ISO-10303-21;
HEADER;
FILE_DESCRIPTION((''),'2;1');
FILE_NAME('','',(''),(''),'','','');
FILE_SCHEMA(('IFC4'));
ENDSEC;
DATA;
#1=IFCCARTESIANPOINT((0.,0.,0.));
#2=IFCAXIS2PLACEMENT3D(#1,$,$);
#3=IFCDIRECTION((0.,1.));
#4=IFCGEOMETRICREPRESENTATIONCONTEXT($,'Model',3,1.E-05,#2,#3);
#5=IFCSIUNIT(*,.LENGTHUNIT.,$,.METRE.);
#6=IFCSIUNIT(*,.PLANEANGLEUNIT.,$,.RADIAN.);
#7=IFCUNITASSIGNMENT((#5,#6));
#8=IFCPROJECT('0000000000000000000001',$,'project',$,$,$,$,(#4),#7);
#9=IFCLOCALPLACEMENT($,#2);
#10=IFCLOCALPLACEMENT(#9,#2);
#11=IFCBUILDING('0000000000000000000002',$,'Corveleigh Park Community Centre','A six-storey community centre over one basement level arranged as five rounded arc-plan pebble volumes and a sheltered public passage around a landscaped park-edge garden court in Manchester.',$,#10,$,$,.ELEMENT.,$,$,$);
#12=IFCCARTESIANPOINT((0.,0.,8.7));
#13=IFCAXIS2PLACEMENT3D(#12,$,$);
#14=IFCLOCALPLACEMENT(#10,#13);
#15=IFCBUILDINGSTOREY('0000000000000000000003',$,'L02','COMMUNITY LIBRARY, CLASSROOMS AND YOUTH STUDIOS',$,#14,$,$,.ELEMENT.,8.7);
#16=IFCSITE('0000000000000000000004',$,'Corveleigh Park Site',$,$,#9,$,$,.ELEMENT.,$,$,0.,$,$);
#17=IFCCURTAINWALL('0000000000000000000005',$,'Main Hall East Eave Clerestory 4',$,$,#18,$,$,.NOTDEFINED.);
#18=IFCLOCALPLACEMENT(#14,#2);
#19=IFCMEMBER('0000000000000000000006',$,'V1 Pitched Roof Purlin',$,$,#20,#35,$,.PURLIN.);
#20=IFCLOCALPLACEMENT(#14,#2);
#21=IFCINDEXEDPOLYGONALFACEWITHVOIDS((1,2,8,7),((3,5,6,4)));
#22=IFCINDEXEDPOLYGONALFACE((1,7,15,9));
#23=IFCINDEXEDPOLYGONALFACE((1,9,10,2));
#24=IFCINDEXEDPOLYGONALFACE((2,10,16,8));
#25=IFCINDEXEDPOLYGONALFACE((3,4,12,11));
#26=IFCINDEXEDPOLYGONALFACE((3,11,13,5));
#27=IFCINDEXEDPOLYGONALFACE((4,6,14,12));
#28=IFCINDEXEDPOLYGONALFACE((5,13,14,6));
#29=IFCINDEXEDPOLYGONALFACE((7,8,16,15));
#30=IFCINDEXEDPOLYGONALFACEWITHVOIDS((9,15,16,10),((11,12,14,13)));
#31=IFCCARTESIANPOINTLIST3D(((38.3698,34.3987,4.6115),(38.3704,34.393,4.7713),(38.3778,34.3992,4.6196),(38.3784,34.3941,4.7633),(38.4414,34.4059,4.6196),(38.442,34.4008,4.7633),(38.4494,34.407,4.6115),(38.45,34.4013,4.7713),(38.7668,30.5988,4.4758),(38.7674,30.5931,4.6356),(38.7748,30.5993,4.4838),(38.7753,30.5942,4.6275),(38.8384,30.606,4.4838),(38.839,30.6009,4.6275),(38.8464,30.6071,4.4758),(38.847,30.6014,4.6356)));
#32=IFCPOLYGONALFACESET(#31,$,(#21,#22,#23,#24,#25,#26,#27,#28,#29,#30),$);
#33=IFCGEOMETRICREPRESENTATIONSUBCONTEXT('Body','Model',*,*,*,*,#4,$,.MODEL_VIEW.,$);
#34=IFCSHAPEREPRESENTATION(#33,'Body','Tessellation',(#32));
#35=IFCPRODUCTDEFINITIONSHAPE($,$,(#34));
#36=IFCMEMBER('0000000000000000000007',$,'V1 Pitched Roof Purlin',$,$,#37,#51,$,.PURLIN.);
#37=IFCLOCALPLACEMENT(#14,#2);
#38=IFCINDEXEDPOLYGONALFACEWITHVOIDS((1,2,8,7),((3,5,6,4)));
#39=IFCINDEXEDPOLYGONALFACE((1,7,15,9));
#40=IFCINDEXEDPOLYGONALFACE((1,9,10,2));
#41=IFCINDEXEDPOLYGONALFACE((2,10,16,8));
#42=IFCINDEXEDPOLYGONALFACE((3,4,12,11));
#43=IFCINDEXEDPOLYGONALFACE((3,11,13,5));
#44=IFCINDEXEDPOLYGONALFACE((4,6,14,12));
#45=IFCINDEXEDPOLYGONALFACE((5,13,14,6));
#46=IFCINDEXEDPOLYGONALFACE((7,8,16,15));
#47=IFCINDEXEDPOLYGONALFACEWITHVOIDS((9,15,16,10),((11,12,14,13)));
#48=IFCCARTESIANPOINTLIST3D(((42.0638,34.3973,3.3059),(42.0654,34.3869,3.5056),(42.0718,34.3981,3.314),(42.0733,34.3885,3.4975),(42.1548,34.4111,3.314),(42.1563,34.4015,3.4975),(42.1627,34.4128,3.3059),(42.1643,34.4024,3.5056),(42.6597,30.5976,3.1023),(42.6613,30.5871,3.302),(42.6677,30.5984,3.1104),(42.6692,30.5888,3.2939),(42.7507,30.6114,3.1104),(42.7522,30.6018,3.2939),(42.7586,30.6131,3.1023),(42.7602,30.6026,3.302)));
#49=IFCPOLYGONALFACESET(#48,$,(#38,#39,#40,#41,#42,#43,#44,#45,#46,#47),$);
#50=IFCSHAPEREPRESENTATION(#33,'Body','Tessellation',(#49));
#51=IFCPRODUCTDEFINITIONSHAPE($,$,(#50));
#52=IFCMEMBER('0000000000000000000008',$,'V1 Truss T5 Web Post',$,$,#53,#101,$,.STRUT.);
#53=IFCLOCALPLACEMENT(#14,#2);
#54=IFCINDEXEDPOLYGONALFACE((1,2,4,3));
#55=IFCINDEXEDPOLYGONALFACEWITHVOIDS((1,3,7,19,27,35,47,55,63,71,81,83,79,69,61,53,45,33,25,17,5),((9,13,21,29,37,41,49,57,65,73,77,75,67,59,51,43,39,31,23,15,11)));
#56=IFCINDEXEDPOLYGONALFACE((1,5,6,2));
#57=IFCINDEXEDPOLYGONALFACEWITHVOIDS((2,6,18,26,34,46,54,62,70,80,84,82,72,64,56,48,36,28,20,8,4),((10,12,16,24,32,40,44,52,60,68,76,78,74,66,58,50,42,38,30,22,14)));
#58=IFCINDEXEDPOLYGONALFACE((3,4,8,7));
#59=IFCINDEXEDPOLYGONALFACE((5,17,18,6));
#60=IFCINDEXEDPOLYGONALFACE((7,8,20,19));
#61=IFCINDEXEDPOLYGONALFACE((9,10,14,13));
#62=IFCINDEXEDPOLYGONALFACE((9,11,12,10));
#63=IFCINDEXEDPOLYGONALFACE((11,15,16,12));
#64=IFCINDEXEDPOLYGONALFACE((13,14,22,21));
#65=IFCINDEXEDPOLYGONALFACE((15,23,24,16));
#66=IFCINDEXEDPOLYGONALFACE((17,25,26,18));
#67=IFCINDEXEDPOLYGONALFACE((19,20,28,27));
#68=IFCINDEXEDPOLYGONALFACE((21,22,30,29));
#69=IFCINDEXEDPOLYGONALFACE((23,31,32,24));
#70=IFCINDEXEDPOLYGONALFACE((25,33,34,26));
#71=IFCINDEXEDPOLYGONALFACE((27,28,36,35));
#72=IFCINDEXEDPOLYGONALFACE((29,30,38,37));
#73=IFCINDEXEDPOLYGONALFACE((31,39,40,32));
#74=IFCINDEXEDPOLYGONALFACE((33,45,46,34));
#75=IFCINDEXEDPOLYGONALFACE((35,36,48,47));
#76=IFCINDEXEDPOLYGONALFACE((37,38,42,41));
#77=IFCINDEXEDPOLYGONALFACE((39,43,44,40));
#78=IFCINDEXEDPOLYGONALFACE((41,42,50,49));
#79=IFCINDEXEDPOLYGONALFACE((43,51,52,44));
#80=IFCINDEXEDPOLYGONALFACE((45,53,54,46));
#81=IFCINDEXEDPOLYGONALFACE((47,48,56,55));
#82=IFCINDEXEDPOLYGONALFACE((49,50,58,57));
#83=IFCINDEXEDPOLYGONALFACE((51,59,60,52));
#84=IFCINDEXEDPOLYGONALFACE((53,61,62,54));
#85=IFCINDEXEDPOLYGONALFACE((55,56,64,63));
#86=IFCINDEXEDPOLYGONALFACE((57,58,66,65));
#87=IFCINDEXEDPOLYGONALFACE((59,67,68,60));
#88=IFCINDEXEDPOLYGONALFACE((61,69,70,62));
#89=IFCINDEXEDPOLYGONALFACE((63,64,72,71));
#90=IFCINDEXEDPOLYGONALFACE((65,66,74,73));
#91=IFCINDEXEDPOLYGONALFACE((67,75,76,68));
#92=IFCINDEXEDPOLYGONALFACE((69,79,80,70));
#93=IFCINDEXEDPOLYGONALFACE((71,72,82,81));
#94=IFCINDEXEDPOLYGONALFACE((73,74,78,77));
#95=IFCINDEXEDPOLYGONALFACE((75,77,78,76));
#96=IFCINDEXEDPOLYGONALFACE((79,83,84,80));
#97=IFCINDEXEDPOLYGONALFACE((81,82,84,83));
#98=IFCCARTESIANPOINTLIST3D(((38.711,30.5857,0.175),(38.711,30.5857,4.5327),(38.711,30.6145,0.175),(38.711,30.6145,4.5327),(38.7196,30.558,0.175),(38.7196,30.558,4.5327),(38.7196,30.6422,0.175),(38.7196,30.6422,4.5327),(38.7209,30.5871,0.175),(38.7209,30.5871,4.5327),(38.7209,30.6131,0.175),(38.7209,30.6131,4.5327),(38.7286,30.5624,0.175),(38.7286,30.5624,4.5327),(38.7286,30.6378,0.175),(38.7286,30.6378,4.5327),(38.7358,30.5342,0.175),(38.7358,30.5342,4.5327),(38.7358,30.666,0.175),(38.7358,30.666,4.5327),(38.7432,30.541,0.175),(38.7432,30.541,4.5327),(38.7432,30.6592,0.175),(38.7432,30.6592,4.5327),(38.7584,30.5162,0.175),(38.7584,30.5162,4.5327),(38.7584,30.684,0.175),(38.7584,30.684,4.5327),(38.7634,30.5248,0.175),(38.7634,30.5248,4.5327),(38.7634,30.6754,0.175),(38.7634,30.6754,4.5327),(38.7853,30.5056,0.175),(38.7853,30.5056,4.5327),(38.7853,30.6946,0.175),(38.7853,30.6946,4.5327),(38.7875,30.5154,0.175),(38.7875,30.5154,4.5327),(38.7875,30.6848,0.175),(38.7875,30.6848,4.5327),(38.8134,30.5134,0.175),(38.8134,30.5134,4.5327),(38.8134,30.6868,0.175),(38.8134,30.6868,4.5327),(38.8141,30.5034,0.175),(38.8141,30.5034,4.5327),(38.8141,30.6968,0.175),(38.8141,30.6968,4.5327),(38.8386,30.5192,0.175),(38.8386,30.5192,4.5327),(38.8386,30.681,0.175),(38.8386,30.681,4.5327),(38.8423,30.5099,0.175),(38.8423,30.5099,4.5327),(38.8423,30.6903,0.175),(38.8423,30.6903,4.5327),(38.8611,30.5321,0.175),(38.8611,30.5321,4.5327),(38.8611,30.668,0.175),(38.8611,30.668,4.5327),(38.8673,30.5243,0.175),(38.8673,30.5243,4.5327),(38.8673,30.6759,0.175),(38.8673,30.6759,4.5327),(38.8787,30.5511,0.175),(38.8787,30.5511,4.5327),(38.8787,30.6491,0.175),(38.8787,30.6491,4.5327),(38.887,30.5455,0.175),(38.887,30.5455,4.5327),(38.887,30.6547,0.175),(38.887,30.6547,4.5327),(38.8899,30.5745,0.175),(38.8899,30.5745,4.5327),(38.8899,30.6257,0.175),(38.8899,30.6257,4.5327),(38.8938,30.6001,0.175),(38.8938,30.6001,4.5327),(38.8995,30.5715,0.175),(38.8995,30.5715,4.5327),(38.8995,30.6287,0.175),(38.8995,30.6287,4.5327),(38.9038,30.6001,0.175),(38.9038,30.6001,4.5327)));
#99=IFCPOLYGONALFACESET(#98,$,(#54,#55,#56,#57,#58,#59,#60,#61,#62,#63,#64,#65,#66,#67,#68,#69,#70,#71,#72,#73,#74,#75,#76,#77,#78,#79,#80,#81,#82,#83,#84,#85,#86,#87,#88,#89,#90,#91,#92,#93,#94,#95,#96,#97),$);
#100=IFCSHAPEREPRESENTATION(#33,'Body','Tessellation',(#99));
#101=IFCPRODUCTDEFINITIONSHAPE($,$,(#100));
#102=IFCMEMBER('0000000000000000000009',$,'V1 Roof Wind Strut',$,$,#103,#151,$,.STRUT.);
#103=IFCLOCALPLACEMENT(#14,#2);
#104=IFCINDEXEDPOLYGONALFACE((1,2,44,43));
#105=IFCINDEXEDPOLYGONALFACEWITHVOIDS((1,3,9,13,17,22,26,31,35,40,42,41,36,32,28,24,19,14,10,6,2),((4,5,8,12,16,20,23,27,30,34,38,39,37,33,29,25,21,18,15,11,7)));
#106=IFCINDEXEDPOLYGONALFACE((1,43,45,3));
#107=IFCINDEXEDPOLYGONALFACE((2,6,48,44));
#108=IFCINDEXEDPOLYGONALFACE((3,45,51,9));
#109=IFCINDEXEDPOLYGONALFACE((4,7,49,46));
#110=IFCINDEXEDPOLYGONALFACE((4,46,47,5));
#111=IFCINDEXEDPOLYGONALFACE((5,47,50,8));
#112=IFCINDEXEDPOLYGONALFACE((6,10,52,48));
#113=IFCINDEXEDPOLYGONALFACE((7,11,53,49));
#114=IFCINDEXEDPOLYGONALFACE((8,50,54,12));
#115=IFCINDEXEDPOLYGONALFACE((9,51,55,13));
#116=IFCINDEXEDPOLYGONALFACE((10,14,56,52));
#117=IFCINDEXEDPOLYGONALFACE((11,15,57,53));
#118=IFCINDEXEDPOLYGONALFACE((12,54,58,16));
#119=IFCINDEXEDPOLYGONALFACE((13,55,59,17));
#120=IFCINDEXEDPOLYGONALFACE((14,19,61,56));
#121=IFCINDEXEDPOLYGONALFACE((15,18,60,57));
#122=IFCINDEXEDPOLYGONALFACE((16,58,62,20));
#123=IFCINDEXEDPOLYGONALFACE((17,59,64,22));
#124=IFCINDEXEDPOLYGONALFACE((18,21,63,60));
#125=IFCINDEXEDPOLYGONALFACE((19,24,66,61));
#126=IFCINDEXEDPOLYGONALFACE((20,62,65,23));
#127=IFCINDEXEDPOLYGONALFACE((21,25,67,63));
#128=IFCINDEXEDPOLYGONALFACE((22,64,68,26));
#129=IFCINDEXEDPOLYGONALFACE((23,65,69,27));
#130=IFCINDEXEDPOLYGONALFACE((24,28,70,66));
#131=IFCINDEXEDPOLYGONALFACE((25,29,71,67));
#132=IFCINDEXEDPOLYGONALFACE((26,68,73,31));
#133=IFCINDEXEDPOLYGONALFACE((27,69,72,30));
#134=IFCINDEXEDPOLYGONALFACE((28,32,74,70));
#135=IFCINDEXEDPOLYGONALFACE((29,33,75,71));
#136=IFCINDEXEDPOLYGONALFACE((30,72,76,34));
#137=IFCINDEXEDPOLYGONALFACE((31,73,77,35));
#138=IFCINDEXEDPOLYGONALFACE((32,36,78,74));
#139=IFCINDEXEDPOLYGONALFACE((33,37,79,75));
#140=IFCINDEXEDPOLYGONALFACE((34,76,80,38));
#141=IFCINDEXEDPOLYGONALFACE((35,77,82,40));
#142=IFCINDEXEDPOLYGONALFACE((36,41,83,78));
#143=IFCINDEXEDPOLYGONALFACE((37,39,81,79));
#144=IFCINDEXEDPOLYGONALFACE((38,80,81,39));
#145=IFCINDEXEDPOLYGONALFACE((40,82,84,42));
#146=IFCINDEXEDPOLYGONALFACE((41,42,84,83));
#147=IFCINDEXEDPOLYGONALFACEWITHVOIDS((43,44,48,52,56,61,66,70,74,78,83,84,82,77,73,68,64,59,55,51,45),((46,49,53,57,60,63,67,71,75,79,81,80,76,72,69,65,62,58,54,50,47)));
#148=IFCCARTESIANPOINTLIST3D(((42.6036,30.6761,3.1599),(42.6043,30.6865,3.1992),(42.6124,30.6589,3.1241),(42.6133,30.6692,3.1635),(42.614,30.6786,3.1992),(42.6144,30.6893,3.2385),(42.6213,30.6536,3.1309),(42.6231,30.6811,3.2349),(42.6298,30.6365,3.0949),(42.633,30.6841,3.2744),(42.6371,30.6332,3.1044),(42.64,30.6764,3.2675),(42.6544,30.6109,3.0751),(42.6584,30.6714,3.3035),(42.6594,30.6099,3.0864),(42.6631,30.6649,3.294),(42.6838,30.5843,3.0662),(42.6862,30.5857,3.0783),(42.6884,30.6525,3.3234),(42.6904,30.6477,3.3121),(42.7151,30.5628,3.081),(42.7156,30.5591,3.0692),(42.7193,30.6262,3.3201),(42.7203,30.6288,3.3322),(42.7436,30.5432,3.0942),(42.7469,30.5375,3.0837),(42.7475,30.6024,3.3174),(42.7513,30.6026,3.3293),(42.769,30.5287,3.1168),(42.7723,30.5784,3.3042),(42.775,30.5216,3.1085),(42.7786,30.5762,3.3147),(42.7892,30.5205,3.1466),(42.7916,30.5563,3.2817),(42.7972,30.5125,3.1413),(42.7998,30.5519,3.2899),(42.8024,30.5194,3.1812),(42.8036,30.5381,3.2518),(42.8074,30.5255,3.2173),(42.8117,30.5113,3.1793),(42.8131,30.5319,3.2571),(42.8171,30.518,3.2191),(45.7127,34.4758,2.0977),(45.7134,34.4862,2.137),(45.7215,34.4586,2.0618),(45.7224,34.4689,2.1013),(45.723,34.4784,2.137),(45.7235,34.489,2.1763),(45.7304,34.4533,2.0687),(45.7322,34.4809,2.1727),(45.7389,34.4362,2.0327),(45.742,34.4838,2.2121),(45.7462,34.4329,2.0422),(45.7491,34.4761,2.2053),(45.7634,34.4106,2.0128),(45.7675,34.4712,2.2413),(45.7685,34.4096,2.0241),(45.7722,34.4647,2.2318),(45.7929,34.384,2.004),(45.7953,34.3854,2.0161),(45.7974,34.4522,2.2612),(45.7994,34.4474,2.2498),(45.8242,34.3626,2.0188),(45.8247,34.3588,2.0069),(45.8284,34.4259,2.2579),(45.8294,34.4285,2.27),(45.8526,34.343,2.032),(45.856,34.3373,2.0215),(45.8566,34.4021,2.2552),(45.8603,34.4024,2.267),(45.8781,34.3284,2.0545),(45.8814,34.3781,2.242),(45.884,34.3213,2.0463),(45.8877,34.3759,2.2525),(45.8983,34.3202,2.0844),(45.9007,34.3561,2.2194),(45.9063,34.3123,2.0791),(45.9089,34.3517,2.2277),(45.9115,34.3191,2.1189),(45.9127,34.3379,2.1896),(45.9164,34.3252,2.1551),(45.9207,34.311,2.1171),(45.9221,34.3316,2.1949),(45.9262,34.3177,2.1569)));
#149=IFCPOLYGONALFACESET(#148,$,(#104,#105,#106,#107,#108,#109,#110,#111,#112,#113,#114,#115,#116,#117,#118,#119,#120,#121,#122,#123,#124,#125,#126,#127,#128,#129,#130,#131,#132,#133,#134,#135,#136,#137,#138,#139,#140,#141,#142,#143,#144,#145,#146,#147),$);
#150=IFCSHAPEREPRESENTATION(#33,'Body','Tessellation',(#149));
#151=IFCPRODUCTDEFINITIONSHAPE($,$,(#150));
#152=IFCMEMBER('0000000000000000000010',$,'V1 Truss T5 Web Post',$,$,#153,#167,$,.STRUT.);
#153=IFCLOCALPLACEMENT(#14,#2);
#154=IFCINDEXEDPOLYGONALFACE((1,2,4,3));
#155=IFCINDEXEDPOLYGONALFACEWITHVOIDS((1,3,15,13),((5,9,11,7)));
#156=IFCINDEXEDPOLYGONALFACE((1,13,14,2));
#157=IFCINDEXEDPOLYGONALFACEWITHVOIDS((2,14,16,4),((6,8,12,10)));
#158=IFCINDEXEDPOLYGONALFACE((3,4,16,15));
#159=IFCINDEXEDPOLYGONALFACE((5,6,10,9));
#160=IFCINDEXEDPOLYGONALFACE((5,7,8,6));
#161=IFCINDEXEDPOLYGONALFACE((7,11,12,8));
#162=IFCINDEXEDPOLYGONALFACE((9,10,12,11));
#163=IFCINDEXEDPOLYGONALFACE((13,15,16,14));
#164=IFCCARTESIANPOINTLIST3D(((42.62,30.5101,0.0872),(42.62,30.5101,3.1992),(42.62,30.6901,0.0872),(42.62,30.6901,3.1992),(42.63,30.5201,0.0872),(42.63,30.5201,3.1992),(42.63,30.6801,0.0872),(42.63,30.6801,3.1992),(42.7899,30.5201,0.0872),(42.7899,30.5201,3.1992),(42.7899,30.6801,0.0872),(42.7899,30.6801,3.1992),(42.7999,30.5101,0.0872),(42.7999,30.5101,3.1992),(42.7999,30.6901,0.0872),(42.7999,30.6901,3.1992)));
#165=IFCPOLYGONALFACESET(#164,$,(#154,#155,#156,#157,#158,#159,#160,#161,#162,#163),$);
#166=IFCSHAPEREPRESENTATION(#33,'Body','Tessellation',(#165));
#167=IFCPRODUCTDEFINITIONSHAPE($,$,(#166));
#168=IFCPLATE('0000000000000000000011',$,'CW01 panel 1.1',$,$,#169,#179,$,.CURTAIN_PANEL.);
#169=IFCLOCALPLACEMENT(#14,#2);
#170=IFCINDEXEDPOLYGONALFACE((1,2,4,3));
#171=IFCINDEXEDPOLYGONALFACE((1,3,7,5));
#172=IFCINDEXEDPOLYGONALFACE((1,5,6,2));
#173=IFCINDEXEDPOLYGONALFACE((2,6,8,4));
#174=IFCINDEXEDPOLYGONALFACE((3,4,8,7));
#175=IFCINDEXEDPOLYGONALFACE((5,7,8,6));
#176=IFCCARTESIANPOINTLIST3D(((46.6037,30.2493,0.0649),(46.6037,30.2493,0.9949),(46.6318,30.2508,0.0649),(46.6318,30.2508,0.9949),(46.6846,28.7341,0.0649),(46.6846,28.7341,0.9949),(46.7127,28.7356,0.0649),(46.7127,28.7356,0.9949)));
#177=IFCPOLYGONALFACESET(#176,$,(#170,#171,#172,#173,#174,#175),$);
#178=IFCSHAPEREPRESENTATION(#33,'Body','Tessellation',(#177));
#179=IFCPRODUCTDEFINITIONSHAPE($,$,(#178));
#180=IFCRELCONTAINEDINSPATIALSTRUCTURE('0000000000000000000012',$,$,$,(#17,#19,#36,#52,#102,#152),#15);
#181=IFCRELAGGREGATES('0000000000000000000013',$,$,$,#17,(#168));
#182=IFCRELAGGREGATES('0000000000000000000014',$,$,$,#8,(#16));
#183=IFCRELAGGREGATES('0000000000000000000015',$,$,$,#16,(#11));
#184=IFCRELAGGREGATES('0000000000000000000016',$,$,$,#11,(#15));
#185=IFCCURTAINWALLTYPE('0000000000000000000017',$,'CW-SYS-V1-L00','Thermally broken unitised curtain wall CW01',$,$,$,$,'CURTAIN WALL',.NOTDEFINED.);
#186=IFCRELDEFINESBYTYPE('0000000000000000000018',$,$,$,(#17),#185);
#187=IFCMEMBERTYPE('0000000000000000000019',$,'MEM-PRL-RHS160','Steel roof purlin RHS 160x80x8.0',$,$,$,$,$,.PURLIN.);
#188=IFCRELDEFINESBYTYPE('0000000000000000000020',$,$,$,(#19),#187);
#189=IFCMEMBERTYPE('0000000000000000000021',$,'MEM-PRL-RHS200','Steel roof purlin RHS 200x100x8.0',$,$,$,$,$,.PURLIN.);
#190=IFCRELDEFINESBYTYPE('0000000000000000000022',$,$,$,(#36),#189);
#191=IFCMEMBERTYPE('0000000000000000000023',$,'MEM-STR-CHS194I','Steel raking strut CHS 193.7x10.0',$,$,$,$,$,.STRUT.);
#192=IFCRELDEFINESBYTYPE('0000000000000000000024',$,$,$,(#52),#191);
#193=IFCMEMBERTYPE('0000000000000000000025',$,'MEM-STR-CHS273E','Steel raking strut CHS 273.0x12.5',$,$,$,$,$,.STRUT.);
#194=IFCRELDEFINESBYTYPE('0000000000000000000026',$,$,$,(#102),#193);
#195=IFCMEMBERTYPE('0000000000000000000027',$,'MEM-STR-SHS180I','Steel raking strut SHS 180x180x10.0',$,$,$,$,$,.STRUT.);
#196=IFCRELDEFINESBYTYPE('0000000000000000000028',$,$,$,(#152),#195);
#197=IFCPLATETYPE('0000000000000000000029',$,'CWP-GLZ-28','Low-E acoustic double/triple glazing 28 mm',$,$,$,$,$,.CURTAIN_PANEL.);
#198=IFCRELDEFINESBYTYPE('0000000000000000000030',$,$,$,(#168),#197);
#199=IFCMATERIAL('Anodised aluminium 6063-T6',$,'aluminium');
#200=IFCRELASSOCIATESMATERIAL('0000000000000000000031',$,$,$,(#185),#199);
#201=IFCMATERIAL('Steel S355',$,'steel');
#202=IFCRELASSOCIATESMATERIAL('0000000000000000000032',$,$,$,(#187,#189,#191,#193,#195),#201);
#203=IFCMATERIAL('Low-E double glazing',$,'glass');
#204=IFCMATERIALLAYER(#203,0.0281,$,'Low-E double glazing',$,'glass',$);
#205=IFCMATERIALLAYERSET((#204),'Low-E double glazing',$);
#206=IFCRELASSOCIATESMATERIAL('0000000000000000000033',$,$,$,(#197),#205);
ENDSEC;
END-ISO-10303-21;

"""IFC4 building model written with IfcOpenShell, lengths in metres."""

from ifc_helpers import new_model, si_unit, direction, frame, origin, origin_2d, place, context, subcontext, project, spatial, rectangle, hollow_rectangle, hollow_circle, extrude, material, layer, layer_set, material_profile, profile_set, type_object, element, aggregate, save


model = new_model("IFC4")

# Units and contexts
model_context = context("Model", 3, precision=1e-05, world=origin(), true_north=direction((0.0, 1.0)))
body_context = subcontext(model_context, "Body", "Model", "MODEL_VIEW")
ifc_project = project(units=[si_unit("LENGTHUNIT", "METRE"), si_unit("PLANEANGLEUNIT", "RADIAN")], contexts=[model_context])

# Site, building, storey
site_placement = place(None, origin())
site = spatial("IfcSite", under=ifc_project, at=site_placement, Name="Corveleigh Park Site", CompositionType="ELEMENT", RefElevation=0.0)
building_placement = place(site_placement, origin())
building = spatial("IfcBuilding", under=site, at=building_placement, Name="Corveleigh Park Community Centre", Description="A six-storey community centre over one basement level arranged as five rounded arc-plan pebble volumes and a sheltered public passage around a landscaped park-edge garden court in Manchester.", CompositionType="ELEMENT")
storey_placement = place(building_placement, frame((0.0, 0.0, 8.7)))
storey = spatial("IfcBuildingStorey", under=building, at=storey_placement, Name="L02", Description="COMMUNITY LIBRARY, CLASSROOMS AND YOUTH STUDIOS", CompositionType="ELEMENT", Elevation=8.7)

# Shared definitions
ifc_material_1 = material(Name="Steel S355", Category="steel")

# Curtain wall
ifc_material_2 = material(Name="Anodised aluminium 6063-T6", Category="aluminium")
curtain_wall_type = type_object("IfcCurtainWallType", Name="CW-SYS-V1-L00", Description="Thermally broken unitised curtain wall CW01", ElementType="CURTAIN WALL", PredefinedType="NOTDEFINED", material=ifc_material_2)
curtain_wall_1_placement = place(storey_placement, origin())
curtain_wall_1 = element("IfcCurtainWall", 1, at=curtain_wall_1_placement, inside=storey, type_object=curtain_wall_type, Name="Main Hall East Eave Clerestory 4", PredefinedType="NOTDEFINED")

# Members
ifc_material_profile_1 = material_profile(ifc_material_1, hollow_rectangle(XDim=0.0801, YDim=0.1599, WallThickness=0.0081, at=origin_2d()), Name="RHS 160x80x8.0", Category="steel")
ifc_profile_set_1 = profile_set([ifc_material_profile_1], Name="Steel S355")
member_type_1 = type_object("IfcMemberType", Name="MEM-PRL-RHS160", Description="Steel roof purlin RHS 160x80x8.0", PredefinedType="PURLIN", material=ifc_profile_set_1)
member_1_placement = place(storey_placement, frame((38.8069, 30.6001, 4.5557), z_axis=(-0.103841, 0.99396, 0.035508), x_axis=(-0.994587, -0.103906, 0.0)))
element("IfcMember", 2, at=member_1_placement, inside=storey, type_object=member_type_1, Name="V1 Pitched Roof Purlin", PredefinedType="PURLIN", context=body_context, shape_type="SweptSolid", body=[
    extrude(hollow_rectangle(XDim=0.0801, YDim=0.1599, WallThickness=0.0081, at=origin_2d()), origin(), (0.0, 0.0, 1.0), 3.823),
])
ifc_material_profile_2 = material_profile(ifc_material_1, hollow_rectangle(XDim=0.1001, YDim=0.2, WallThickness=0.0081, at=origin_2d()), Name="RHS 200x100x8.0", Category="steel")
ifc_profile_set_2 = profile_set([ifc_material_profile_2], Name="Steel S355")
member_type_2 = type_object("IfcMemberType", Name="MEM-PRL-RHS200", Description="Steel roof purlin RHS 200x100x8.0", PredefinedType="PURLIN", material=ifc_profile_set_2)
member_2_placement = place(storey_placement, frame((42.71, 30.6001, 3.2021), z_axis=(-0.154726, 0.986542, 0.052864), x_axis=(-0.987924, -0.154942, 0.0)))
element("IfcMember", 3, at=member_2_placement, inside=storey, type_object=member_type_2, Name="V1 Pitched Roof Purlin", PredefinedType="PURLIN", context=body_context, shape_type="SweptSolid", body=[
    extrude(hollow_rectangle(XDim=0.1001, YDim=0.2, WallThickness=0.0081, at=origin_2d()), origin(), (0.0, 0.0, 1.0), 3.8516),
])
ifc_material_profile_3 = material_profile(ifc_material_1, hollow_circle(Radius=0.0969, WallThickness=0.01, at=origin_2d()), Name="CHS 193.7x10.0", Category="steel")
ifc_profile_set_3 = profile_set([ifc_material_profile_3], Name="Steel S355")
member_type_3 = type_object("IfcMemberType", Name="MEM-STR-CHS194I", Description="Steel raking strut CHS 193.7x10.0", PredefinedType="STRUT", material=ifc_profile_set_3)
member_3_placement = place(storey_placement, frame((38.8069, 30.6001, 0.175), z_axis=(0.0, 0.0, 1.0), x_axis=(1.0, 0.0, 0.0)))
element("IfcMember", 4, at=member_3_placement, inside=storey, type_object=member_type_3, Name="V1 Truss T5 Web Post", PredefinedType="STRUT", context=body_context, shape_type="SweptSolid", body=[
    extrude(hollow_circle(Radius=0.0969, WallThickness=0.01, at=origin_2d()), origin(), (0.0, 0.0, 1.0), 4.3577),
])
ifc_material_profile_4 = material_profile(ifc_material_1, hollow_circle(Radius=0.1365, WallThickness=0.0125, at=origin_2d()), Name="CHS 273.0x12.5", Category="steel")
ifc_profile_set_4 = profile_set([ifc_material_profile_4], Name="Steel S355")
member_type_4 = type_object("IfcMemberType", Name="MEM-STR-CHS273E", Description="Steel raking strut CHS 273.0x12.5", PredefinedType="STRUT", material=ifc_profile_set_4)
member_4_placement = place(storey_placement, frame((42.71, 30.6001, 3.1992), z_axis=(0.618941, 0.756435, -0.211466), x_axis=(-0.773937, 0.633262, 0.0)))
element("IfcMember", 5, at=member_4_placement, inside=storey, type_object=member_type_4, Name="V1 Roof Wind Strut", PredefinedType="STRUT", context=body_context, shape_type="SweptSolid", body=[
    extrude(hollow_circle(Radius=0.1365, WallThickness=0.0125, at=origin_2d()), origin(), (0.0, 0.0, 1.0), 5.0232),
])
ifc_material_profile_5 = material_profile(ifc_material_1, hollow_rectangle(XDim=0.1799, YDim=0.1799, WallThickness=0.01, at=origin_2d()), Name="SHS 180x180x10.0", Category="steel")
ifc_profile_set_5 = profile_set([ifc_material_profile_5], Name="Steel S355")
member_type_5 = type_object("IfcMemberType", Name="MEM-STR-SHS180I", Description="Steel raking strut SHS 180x180x10.0", PredefinedType="STRUT", material=ifc_profile_set_5)
member_5_placement = place(storey_placement, frame((42.71, 30.6001, 0.0872), z_axis=(0.0, 0.0, 1.0), x_axis=(1.0, 0.0, 0.0)))
element("IfcMember", 6, at=member_5_placement, inside=storey, type_object=member_type_5, Name="V1 Truss T5 Web Post", PredefinedType="STRUT", context=body_context, shape_type="SweptSolid", body=[
    extrude(hollow_rectangle(XDim=0.1799, YDim=0.1799, WallThickness=0.01, at=origin_2d()), origin(), (0.0, 0.0, 1.0), 3.1121),
])

# Plate
ifc_material_3 = material(Name="Low-E double glazing", Category="glass")
ifc_layer_1 = layer(ifc_material_3, 0.0281, Name="Low-E double glazing", Category="glass")
ifc_layer_set_1 = layer_set([ifc_layer_1], Name="Low-E double glazing")
plate_type_1 = type_object("IfcPlateType", Name="CWP-GLZ-28", Description="Low-E acoustic double/triple glazing 28 mm", PredefinedType="CURTAIN_PANEL", material=ifc_layer_set_1)
plate_1_placement = place(storey_placement, frame((46.6582, 29.4924, 0.0649), z_axis=(0.0, 0.0, 1.0), x_axis=(0.053319, -0.998578, 0.0)))
plate_1 = element("IfcPlate", 7, at=plate_1_placement, type_object=plate_type_1, Name="CW01 panel 1.1", PredefinedType="CURTAIN_PANEL", context=body_context, shape_type="SweptSolid", body=[
    extrude(rectangle(XDim=1.5173, YDim=0.0281, at=origin_2d()), origin(), (0.0, 0.0, 1.0), 0.9299),
])
aggregate(curtain_wall_1, [plate_1])

save(model, "model.ifc")
